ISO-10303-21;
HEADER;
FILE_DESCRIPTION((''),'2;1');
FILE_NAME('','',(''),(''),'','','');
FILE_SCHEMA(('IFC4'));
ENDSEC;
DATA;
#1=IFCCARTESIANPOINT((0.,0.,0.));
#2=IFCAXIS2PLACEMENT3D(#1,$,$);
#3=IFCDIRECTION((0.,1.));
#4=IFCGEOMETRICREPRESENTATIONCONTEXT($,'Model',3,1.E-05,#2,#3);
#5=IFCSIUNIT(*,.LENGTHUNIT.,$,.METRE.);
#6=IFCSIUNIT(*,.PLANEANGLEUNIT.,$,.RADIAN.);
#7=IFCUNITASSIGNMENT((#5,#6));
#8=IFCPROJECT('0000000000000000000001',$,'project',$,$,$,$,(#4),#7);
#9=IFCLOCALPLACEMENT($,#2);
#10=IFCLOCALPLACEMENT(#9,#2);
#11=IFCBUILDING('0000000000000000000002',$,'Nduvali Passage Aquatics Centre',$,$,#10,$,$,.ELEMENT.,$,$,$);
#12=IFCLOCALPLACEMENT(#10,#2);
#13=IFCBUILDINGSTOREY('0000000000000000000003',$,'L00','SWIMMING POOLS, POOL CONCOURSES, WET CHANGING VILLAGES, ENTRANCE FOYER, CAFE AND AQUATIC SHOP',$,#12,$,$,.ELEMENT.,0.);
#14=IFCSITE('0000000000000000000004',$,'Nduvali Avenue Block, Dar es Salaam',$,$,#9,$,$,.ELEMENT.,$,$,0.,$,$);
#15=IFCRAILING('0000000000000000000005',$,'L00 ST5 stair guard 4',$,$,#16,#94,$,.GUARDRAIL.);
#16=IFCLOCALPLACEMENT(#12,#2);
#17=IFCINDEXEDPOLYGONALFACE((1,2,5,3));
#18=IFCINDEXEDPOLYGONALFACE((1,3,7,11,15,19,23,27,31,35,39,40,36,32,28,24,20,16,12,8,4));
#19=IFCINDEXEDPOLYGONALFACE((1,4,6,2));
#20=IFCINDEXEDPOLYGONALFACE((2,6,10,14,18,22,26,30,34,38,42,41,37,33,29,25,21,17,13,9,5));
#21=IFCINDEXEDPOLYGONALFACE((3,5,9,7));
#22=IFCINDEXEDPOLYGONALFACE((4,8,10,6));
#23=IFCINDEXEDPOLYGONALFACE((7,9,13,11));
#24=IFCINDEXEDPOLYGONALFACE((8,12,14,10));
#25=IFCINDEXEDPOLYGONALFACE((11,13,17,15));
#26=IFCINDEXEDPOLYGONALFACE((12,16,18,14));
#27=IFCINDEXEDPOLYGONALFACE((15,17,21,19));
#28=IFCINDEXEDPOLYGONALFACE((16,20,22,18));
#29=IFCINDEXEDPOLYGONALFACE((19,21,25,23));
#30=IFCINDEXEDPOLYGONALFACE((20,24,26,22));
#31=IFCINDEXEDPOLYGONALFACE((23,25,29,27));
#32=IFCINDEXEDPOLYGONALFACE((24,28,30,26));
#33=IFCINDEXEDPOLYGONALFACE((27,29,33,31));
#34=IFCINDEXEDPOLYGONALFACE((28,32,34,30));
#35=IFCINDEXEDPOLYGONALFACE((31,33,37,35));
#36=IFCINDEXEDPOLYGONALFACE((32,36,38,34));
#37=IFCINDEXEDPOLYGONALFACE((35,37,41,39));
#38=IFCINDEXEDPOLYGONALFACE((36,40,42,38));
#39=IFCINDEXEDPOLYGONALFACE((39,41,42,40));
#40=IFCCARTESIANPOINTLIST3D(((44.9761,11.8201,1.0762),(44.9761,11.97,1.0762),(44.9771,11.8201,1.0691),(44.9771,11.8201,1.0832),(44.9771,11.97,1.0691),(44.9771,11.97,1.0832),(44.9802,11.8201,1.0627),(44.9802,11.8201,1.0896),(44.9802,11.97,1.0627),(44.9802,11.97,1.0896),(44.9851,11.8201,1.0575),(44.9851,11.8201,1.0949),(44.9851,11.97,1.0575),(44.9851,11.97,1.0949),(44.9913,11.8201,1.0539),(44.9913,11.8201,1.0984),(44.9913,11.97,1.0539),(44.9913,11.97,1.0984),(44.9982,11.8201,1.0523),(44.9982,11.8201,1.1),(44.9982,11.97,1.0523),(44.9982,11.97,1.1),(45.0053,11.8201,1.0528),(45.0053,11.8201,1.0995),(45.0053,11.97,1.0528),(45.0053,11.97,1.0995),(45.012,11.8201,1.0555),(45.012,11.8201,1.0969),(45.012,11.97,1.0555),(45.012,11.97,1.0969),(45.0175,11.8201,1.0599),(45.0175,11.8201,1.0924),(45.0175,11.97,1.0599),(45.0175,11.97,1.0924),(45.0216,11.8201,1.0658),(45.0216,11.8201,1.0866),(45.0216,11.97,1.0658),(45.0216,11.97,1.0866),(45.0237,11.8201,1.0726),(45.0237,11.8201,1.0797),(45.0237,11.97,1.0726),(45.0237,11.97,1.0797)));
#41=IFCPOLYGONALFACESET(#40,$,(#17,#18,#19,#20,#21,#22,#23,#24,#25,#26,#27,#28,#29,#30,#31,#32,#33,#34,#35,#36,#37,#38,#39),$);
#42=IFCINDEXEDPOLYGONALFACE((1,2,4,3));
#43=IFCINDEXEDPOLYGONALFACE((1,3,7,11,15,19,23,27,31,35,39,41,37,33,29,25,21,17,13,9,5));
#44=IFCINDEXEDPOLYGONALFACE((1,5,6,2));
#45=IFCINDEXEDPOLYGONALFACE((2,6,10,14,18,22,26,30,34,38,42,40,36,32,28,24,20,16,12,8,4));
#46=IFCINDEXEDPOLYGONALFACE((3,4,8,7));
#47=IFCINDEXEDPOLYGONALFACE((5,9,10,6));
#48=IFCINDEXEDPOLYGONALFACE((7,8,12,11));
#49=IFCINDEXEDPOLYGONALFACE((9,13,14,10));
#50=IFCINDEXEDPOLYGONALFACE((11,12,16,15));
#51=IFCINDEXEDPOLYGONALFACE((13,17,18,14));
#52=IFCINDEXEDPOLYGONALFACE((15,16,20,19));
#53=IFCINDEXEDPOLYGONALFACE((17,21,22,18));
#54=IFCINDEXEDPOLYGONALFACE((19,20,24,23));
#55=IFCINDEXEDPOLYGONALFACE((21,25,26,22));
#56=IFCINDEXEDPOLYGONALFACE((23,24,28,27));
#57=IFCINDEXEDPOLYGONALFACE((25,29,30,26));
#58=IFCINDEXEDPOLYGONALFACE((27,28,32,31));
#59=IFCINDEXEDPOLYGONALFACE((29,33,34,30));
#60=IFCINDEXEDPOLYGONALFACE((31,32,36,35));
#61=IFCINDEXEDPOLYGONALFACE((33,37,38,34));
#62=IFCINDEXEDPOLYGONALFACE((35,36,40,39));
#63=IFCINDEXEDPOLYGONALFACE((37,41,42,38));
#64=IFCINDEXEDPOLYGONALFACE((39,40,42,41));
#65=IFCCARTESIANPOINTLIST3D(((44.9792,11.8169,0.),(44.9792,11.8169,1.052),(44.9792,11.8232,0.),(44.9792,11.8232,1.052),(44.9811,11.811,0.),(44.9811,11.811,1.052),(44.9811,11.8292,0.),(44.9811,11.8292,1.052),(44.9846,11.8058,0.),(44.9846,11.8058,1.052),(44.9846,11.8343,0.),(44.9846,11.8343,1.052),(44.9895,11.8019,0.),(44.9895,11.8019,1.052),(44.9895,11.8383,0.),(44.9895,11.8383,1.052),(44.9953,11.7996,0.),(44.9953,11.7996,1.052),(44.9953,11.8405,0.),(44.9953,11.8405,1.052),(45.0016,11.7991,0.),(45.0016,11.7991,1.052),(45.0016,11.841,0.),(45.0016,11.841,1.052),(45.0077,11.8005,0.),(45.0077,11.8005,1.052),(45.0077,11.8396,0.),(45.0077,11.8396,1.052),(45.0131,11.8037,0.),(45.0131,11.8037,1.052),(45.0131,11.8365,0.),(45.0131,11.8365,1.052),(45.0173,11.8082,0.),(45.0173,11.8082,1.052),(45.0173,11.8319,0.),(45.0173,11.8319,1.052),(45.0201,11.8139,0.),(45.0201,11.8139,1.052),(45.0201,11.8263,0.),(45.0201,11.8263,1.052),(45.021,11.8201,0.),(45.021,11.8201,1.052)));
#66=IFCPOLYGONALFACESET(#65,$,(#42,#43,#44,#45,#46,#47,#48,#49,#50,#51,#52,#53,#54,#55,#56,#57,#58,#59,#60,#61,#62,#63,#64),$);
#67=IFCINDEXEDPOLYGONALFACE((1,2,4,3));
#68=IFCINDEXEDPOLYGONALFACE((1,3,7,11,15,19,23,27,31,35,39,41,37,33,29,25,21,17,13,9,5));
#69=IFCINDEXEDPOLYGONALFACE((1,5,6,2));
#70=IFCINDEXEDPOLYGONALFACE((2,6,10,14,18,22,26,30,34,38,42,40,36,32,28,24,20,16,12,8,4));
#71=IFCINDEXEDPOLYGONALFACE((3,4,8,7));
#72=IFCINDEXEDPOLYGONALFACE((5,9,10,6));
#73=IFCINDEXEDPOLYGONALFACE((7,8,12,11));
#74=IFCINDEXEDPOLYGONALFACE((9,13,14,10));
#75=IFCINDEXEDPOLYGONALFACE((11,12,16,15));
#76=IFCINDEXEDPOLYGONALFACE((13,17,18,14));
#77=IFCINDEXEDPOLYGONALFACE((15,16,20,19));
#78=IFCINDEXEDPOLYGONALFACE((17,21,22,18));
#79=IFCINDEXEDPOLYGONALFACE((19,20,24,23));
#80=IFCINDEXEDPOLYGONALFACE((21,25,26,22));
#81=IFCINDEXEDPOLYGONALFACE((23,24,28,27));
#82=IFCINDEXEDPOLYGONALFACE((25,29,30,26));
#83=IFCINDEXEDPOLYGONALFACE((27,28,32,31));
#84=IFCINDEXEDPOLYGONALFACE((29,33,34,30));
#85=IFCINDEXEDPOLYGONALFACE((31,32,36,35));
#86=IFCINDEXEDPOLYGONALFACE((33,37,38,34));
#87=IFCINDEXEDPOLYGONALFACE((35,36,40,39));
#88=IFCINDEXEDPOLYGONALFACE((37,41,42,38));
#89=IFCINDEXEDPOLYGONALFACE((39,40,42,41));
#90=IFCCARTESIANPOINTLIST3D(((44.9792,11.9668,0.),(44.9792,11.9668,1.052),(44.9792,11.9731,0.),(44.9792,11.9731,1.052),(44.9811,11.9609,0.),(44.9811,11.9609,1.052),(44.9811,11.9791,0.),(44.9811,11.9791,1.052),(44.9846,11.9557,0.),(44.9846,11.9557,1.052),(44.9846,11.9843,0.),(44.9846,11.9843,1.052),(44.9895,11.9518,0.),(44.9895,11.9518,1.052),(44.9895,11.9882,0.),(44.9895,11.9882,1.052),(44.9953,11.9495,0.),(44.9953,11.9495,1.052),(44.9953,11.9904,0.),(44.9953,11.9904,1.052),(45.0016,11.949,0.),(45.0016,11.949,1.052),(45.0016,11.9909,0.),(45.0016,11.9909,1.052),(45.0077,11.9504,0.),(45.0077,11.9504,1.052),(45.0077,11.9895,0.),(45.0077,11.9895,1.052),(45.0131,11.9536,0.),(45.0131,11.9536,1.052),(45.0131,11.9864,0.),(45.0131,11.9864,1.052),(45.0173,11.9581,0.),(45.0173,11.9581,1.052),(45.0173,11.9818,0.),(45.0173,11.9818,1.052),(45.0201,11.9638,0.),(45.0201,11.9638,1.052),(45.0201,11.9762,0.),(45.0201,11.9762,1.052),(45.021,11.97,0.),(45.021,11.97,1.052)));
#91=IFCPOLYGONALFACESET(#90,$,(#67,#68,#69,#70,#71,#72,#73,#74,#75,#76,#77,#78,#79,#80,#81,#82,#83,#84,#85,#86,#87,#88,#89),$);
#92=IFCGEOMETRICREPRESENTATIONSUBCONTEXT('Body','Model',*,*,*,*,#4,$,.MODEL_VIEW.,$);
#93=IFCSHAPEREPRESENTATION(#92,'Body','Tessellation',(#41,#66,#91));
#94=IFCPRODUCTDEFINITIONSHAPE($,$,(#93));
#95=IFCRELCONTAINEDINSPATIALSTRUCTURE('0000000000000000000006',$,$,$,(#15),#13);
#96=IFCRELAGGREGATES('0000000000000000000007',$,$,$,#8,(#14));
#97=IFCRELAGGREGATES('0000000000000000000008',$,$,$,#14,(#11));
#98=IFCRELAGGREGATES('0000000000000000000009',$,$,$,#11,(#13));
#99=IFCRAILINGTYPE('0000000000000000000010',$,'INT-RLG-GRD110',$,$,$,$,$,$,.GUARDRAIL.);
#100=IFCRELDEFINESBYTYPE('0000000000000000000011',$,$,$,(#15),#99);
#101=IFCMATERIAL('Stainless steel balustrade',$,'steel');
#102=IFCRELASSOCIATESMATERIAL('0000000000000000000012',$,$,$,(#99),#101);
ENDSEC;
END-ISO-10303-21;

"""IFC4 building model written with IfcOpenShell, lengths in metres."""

from ifc_helpers import new_model, si_unit, direction, frame, origin, origin_2d, place, context, subcontext, project, spatial, circle, extrude, material, type_object, element, save


model = new_model("IFC4")

# Units and contexts
model_context = context("Model", 3, precision=1e-05, world=origin(), true_north=direction((0.0, 1.0)))
body_context = subcontext(model_context, "Body", "Model", "MODEL_VIEW")
ifc_project = project(units=[si_unit("LENGTHUNIT", "METRE"), si_unit("PLANEANGLEUNIT", "RADIAN")], contexts=[model_context])

# Site, building, storey
site_placement = place(None, origin())
site = spatial("IfcSite", under=ifc_project, at=site_placement, Name="Nduvali Avenue Block, Dar es Salaam", CompositionType="ELEMENT", RefElevation=0.0)
building_placement = place(site_placement, origin())
building = spatial("IfcBuilding", under=site, at=building_placement, Name="Nduvali Passage Aquatics Centre", CompositionType="ELEMENT")
storey_placement = place(building_placement, origin())
storey = spatial("IfcBuildingStorey", under=building, at=storey_placement, Name="L00", Description="SWIMMING POOLS, POOL CONCOURSES, WET CHANGING VILLAGES, ENTRANCE FOYER, CAFE AND AQUATIC SHOP", CompositionType="ELEMENT", Elevation=0.0)

# Railing
ifc_material_1 = material(Name="Stainless steel balustrade", Category="steel")
railing_type_1 = type_object("IfcRailingType", Name="INT-RLG-GRD110", PredefinedType="GUARDRAIL", material=ifc_material_1)
railing_1_placement = place(storey_placement, frame((45.0, 11.8201, 0.0)))
element("IfcRailing", 1, at=railing_1_placement, inside=storey, type_object=railing_type_1, Name="L00 ST5 stair guard 4", PredefinedType="GUARDRAIL", context=body_context, shape_type="SweptSolid", body=[
    extrude(circle(Radius=0.0239, at=origin_2d()), frame((0.0, 0.0, 1.0762), z_axis=(0.0, 1.0, 0.0), x_axis=(-1.0, 0.0, 0.0)), (0.0, 0.0, 1.0), 0.1499),
    extrude(circle(Radius=0.021, at=origin_2d()), origin(), (0.0, 0.0, 1.0), 1.052),
    extrude(circle(Radius=0.021, at=origin_2d()), frame((0.0, 0.1499, 0.0)), (0.0, 0.0, 1.0), 1.052),
])

save(model, "model.ifc")
